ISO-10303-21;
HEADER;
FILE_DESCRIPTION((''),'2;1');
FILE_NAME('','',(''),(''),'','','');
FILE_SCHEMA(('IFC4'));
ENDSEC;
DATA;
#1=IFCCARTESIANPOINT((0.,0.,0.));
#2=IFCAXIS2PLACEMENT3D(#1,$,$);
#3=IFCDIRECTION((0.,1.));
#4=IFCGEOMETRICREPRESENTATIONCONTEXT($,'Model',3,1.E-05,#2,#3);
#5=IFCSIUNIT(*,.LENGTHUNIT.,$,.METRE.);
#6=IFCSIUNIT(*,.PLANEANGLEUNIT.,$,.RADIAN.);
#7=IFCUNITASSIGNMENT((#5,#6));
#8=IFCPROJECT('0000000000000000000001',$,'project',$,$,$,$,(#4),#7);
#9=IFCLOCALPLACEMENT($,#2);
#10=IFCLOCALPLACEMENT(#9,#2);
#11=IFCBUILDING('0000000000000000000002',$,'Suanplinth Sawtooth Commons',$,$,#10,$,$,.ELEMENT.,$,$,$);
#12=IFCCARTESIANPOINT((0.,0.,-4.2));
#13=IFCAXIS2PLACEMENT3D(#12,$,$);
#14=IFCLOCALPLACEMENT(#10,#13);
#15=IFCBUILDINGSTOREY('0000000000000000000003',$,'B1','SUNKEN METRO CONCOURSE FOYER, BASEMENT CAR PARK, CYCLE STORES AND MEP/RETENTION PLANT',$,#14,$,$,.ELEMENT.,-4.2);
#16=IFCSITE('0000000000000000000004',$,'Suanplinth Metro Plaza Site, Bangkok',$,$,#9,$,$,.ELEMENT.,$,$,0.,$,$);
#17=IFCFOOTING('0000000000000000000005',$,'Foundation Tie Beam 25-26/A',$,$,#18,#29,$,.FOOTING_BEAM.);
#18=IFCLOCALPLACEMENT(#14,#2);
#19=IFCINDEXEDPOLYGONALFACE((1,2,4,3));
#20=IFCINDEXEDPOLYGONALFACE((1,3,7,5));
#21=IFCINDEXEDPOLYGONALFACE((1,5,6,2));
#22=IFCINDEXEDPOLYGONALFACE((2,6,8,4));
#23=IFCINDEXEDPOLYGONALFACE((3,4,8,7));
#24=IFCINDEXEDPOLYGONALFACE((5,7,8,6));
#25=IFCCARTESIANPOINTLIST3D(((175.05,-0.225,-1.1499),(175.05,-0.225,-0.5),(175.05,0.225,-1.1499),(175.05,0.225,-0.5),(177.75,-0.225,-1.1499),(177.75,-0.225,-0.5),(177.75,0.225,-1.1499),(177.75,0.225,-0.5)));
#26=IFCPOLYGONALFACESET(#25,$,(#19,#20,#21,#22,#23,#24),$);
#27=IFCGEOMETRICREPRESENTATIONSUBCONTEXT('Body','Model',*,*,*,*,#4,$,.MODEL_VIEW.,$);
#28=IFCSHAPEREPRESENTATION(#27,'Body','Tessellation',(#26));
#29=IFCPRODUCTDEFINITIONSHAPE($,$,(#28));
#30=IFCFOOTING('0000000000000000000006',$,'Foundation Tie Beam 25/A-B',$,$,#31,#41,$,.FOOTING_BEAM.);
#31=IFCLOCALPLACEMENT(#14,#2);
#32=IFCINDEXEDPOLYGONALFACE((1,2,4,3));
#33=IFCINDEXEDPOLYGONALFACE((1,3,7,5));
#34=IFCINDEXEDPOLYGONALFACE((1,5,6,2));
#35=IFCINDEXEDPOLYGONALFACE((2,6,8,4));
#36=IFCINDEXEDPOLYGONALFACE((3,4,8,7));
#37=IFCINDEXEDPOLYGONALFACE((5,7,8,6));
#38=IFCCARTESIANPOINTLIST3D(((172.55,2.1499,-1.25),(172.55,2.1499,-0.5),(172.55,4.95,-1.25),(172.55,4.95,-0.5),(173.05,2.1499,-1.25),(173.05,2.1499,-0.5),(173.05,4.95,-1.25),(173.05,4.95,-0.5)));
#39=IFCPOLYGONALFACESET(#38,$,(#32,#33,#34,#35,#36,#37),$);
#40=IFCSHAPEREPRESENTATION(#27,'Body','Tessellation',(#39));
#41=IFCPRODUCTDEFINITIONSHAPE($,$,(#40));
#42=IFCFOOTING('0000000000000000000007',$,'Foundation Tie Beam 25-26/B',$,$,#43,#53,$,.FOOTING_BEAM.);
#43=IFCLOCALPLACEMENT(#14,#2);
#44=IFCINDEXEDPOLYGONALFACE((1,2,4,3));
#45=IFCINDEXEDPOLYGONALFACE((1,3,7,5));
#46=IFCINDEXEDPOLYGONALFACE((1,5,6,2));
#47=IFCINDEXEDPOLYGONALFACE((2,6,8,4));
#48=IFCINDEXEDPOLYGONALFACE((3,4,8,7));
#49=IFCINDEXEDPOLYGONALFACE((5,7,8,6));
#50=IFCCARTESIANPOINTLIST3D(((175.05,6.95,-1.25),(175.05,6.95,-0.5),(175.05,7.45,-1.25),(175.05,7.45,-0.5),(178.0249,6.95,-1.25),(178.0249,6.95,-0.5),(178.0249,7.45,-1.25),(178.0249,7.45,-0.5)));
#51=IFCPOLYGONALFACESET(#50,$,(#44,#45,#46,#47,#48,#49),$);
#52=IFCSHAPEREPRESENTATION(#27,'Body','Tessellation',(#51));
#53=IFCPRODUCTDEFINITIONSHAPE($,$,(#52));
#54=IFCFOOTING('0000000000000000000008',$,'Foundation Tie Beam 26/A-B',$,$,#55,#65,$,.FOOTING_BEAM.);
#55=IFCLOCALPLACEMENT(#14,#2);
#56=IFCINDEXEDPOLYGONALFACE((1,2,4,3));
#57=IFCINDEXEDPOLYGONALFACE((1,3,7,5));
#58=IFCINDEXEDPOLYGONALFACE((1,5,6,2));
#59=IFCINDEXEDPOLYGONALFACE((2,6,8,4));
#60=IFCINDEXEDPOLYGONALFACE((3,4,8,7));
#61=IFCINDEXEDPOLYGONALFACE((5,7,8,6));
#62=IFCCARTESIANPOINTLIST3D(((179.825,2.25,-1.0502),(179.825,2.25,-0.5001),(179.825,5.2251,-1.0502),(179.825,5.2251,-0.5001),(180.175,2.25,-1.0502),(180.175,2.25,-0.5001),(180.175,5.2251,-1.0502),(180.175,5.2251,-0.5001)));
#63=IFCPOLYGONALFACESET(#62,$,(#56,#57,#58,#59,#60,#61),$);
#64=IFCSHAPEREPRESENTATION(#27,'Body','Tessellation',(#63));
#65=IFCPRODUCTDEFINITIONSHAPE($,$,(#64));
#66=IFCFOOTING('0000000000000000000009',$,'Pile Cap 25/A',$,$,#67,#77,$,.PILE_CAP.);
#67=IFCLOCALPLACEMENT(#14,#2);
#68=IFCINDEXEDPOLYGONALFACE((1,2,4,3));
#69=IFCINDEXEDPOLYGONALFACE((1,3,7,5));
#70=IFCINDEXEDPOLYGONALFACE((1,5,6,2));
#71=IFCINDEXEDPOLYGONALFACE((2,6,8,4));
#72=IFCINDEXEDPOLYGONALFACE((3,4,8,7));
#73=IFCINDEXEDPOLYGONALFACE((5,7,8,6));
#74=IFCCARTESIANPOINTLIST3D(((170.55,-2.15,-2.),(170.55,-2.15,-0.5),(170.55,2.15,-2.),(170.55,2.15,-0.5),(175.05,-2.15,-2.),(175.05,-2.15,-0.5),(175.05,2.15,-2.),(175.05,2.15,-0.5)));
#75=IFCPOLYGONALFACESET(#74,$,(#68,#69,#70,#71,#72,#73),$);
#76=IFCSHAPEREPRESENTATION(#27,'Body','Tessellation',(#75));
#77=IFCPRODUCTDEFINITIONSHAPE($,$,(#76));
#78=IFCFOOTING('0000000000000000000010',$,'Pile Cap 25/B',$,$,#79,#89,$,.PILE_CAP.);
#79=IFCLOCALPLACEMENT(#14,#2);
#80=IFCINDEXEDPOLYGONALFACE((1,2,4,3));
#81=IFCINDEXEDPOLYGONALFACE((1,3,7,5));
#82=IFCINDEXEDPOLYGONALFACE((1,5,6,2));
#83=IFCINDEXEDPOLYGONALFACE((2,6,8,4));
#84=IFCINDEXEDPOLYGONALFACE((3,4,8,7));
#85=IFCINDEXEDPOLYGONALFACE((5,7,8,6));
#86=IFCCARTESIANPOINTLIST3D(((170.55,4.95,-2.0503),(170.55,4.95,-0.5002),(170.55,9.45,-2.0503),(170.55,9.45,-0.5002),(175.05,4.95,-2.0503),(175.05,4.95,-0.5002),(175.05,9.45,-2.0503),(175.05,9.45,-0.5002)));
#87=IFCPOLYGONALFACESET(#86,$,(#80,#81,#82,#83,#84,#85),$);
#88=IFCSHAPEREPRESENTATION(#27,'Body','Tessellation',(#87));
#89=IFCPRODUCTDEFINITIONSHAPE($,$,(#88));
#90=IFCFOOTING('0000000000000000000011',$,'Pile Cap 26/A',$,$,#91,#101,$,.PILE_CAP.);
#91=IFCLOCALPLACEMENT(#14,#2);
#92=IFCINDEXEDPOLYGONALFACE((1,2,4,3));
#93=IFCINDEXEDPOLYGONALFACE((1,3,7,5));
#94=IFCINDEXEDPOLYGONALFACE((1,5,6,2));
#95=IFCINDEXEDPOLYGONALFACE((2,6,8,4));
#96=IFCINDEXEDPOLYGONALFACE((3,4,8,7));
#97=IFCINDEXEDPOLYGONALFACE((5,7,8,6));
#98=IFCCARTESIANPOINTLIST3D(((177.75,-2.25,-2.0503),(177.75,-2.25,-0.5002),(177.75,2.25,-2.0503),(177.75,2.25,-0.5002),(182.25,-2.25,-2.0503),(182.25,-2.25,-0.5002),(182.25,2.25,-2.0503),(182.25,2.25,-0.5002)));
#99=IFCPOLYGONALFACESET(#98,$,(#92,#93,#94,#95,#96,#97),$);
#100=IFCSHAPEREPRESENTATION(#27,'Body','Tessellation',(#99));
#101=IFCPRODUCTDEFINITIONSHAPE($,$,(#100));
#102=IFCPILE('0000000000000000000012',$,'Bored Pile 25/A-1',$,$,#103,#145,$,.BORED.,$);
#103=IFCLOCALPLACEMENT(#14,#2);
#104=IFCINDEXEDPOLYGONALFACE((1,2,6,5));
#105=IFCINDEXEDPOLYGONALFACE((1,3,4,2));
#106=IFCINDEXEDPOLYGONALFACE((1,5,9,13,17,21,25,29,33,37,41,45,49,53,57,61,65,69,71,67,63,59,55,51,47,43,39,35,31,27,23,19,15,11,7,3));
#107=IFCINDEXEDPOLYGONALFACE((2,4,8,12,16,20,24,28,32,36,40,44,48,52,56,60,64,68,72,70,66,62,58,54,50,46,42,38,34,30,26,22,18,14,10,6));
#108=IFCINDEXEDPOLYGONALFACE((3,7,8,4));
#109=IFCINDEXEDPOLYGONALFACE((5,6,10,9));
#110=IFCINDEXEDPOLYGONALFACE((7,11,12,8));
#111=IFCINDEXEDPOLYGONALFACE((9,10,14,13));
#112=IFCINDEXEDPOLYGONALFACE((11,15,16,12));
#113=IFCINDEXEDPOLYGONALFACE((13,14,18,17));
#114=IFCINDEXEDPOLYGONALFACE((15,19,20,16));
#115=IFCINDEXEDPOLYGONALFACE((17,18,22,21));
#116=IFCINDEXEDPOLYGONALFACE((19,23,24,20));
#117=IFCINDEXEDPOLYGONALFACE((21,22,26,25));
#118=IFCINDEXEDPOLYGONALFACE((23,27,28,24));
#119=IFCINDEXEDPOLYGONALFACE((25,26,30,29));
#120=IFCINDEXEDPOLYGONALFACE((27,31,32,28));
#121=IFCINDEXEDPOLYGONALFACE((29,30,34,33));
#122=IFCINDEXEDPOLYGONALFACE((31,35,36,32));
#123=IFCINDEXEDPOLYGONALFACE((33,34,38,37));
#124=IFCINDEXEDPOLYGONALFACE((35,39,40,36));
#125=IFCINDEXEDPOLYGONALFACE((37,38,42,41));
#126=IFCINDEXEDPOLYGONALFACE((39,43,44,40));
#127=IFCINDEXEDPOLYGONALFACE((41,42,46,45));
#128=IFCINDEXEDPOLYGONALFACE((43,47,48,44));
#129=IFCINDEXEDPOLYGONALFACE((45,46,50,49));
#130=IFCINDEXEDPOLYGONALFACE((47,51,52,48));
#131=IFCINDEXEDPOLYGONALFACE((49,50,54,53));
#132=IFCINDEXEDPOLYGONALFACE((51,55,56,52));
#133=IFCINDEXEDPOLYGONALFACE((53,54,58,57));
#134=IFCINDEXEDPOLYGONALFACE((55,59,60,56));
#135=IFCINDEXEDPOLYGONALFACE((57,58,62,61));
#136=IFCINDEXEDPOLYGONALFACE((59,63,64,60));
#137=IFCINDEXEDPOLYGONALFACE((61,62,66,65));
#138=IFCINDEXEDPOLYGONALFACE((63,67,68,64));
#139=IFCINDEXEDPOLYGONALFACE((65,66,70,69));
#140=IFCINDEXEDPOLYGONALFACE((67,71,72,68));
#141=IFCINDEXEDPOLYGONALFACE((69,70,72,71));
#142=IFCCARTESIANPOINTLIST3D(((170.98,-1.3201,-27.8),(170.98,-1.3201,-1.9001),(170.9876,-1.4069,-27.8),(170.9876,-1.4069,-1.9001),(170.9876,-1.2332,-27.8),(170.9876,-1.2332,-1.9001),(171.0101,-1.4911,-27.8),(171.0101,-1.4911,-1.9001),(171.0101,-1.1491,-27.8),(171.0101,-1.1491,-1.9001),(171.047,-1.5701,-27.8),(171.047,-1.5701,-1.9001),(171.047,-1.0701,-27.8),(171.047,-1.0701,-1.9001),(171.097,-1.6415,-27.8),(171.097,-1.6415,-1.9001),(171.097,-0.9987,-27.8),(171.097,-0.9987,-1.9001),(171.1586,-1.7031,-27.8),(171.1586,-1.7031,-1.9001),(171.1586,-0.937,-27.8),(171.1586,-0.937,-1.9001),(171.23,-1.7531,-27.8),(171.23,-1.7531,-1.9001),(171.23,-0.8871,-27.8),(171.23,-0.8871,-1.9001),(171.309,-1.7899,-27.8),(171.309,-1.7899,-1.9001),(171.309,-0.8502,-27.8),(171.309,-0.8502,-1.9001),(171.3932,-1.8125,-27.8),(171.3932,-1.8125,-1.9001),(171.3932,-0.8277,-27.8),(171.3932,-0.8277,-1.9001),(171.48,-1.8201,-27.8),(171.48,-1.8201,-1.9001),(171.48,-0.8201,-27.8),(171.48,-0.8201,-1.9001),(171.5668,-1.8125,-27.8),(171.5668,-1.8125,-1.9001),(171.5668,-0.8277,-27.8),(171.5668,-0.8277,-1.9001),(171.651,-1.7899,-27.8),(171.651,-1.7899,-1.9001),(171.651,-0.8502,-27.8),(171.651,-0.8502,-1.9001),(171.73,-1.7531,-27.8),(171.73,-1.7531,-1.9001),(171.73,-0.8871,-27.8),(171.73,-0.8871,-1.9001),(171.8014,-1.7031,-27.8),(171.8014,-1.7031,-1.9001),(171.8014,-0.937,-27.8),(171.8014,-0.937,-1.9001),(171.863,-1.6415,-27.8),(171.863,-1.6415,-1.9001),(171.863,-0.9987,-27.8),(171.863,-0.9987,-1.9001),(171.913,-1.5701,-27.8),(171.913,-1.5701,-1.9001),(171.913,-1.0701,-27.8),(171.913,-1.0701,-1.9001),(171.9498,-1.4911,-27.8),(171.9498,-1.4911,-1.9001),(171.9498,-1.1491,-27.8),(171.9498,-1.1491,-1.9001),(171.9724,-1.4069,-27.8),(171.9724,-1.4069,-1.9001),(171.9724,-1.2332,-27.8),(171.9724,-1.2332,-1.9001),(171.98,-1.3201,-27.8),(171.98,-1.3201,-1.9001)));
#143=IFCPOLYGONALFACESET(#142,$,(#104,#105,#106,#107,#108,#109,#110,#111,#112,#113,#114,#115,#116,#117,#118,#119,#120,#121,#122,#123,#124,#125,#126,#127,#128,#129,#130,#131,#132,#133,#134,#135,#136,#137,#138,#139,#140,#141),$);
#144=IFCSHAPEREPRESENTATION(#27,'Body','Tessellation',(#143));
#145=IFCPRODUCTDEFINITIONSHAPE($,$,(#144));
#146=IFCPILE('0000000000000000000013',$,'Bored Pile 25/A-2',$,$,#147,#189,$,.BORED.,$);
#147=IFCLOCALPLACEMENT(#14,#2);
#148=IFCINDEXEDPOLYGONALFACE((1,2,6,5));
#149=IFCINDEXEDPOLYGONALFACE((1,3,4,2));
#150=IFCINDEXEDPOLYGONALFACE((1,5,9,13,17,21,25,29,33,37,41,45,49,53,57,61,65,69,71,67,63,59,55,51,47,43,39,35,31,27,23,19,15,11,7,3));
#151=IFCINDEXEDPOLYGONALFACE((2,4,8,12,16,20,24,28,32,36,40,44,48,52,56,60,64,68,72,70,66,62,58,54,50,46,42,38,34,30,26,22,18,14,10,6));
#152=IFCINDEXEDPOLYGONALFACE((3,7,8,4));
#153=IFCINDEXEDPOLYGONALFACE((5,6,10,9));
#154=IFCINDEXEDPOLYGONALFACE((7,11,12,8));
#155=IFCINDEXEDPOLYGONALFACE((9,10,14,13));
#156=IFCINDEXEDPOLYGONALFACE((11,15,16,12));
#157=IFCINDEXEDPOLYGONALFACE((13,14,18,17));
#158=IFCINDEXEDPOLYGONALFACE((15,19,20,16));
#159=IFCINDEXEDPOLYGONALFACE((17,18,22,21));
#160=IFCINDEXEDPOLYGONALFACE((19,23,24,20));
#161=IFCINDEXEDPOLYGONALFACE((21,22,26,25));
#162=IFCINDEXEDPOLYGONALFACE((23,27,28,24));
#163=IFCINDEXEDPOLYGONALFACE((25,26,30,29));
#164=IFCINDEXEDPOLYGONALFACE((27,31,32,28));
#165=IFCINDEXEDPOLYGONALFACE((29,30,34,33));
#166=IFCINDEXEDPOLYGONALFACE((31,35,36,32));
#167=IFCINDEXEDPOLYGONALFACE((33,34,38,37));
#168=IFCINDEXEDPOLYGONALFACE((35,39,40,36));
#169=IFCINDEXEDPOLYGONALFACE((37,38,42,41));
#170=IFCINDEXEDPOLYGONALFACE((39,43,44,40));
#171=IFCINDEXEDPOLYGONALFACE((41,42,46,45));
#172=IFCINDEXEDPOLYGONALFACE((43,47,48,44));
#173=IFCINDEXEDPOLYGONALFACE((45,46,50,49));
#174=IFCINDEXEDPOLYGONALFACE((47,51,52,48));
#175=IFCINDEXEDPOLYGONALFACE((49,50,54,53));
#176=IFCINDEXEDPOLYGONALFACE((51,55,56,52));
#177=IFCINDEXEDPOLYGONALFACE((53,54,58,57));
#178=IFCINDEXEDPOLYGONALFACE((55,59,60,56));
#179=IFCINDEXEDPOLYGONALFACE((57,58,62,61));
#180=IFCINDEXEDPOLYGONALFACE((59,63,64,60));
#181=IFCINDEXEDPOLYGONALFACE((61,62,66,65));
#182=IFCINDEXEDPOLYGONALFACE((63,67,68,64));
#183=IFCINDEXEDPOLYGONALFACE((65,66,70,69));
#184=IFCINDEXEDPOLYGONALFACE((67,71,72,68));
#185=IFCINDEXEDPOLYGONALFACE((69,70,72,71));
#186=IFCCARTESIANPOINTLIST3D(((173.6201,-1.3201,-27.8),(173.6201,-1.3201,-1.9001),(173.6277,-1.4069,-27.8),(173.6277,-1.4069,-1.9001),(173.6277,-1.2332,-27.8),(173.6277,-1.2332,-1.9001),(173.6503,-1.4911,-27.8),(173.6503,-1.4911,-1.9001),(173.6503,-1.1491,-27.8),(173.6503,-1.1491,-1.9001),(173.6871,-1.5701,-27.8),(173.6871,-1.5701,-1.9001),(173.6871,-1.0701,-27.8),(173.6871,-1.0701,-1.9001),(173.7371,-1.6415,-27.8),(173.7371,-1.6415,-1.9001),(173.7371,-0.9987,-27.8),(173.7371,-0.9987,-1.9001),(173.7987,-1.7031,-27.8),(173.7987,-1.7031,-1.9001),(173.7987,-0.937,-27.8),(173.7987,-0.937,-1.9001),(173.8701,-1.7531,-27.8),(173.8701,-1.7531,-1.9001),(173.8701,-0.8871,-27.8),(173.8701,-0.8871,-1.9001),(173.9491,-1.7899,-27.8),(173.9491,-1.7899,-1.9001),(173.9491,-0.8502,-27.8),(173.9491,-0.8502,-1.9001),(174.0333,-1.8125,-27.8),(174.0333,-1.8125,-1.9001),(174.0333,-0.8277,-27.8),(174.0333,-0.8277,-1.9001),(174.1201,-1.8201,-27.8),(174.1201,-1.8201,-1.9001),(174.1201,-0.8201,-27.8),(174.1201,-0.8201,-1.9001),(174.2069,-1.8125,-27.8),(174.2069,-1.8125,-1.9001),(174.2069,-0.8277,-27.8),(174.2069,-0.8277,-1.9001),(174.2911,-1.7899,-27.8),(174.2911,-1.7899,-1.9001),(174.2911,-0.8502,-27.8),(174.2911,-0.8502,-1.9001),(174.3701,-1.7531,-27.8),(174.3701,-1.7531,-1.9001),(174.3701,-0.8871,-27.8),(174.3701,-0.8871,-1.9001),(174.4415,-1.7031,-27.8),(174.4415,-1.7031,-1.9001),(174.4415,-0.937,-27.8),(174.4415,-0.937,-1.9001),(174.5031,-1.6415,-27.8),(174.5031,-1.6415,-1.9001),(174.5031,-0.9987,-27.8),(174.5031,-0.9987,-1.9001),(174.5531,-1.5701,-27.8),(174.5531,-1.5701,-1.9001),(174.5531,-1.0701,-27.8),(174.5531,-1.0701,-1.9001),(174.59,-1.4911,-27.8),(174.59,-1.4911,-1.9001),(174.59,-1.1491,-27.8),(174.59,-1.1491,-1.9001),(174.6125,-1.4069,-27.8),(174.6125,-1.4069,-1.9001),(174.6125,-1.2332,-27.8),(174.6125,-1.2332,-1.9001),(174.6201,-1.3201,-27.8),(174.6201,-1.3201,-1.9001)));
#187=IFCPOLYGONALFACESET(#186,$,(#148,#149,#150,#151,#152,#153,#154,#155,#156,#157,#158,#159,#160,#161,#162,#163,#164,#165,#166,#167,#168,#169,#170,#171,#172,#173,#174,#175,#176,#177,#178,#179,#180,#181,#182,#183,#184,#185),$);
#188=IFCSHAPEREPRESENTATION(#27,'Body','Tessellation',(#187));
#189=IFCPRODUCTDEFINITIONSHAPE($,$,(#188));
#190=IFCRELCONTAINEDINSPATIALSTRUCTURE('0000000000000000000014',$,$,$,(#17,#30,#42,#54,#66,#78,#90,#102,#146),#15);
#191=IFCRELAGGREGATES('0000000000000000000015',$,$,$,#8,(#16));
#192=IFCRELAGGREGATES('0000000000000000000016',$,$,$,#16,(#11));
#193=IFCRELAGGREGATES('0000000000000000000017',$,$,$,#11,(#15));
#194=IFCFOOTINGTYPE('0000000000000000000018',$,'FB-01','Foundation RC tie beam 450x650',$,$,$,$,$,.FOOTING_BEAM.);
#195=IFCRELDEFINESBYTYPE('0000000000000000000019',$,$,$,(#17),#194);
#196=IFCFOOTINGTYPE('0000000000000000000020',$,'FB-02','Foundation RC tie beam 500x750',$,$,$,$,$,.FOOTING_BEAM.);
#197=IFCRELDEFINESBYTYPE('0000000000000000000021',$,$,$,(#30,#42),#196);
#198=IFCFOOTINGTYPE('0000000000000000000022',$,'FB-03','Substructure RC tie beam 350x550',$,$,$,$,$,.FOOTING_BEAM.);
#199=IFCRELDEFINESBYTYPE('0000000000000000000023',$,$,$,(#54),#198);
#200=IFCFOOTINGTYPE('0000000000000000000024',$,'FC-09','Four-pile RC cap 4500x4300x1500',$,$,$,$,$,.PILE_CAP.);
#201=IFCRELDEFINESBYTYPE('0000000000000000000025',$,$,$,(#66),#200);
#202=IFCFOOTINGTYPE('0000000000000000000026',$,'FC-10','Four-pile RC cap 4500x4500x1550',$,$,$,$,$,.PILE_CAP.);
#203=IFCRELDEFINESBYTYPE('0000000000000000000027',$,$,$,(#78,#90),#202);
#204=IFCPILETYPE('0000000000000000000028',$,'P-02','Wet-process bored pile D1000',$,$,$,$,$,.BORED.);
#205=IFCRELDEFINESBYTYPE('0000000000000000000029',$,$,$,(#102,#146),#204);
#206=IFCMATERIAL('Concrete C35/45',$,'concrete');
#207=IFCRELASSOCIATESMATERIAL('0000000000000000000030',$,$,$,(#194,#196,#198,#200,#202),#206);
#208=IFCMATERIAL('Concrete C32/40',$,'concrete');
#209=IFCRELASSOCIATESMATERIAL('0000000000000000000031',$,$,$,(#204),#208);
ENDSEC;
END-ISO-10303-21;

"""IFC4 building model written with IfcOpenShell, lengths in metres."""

from ifc_helpers import new_model, si_unit, direction, frame, origin, origin_2d, place, context, subcontext, project, spatial, rectangle, circle, extrude, material, material_profile, profile_set, type_object, element, save


model = new_model("IFC4")

# Units and contexts
model_context = context("Model", 3, precision=1e-05, world=origin(), true_north=direction((0.0, 1.0)))
body_context = subcontext(model_context, "Body", "Model", "MODEL_VIEW")
ifc_project = project(units=[si_unit("LENGTHUNIT", "METRE"), si_unit("PLANEANGLEUNIT", "RADIAN")], contexts=[model_context])

# Site, building, storey
site_placement = place(None, origin())
site = spatial("IfcSite", under=ifc_project, at=site_placement, Name="Suanplinth Metro Plaza Site, Bangkok", CompositionType="ELEMENT", RefElevation=0.0)
building_placement = place(site_placement, origin())
building = spatial("IfcBuilding", under=site, at=building_placement, Name="Suanplinth Sawtooth Commons", CompositionType="ELEMENT")
storey_placement = place(building_placement, frame((0.0, 0.0, -4.2)))
storey = spatial("IfcBuildingStorey", under=building, at=storey_placement, Name="B1", Description="SUNKEN METRO CONCOURSE FOYER, BASEMENT CAR PARK, CYCLE STORES AND MEP/RETENTION PLANT", CompositionType="ELEMENT", Elevation=-4.2)

# Footings
ifc_material_1 = material(Name="Concrete C35/45", Category="concrete")
ifc_material_profile_1 = material_profile(ifc_material_1, rectangle(XDim=0.45, YDim=0.6499, at=origin_2d()), Name="PC-GDR 450x650")
ifc_profile_set_1 = profile_set([ifc_material_profile_1], Name="Concrete C35/45")
footing_type_1 = type_object("IfcFootingType", Name="FB-01", Description="Foundation RC tie beam 450x650", PredefinedType="FOOTING_BEAM", material=ifc_profile_set_1)
footing_1_placement = place(storey_placement, frame((175.05, 0.0, -0.825), z_axis=(1.0, 0.0, 0.0), x_axis=(0.0, 1.0, 0.0)))
element("IfcFooting", 1, at=footing_1_placement, inside=storey, type_object=footing_type_1, Name="Foundation Tie Beam 25-26/A", PredefinedType="FOOTING_BEAM", context=body_context, shape_type="SweptSolid", body=[
    extrude(rectangle(XDim=0.45, YDim=0.6499, at=origin_2d()), origin(), (0.0, 0.0, 1.0), 2.7),
])
ifc_material_profile_2 = material_profile(ifc_material_1, rectangle(XDim=0.5, YDim=0.75, at=origin_2d()), Name="RC-GDR 500x750")
ifc_profile_set_2 = profile_set([ifc_material_profile_2], Name="Concrete C35/45")
footing_type_2 = type_object("IfcFootingType", Name="FB-02", Description="Foundation RC tie beam 500x750", PredefinedType="FOOTING_BEAM", material=ifc_profile_set_2)
footing_2_placement = place(storey_placement, frame((172.8, 2.1499, -0.875), z_axis=(0.0, 1.0, 0.0), x_axis=(-1.0, 0.0, 0.0)))
element("IfcFooting", 2, at=footing_2_placement, inside=storey, type_object=footing_type_2, Name="Foundation Tie Beam 25/A-B", PredefinedType="FOOTING_BEAM", context=body_context, shape_type="SweptSolid", body=[
    extrude(rectangle(XDim=0.5, YDim=0.75, at=origin_2d()), origin(), (0.0, 0.0, 1.0), 2.8),
])
footing_3_placement = place(storey_placement, frame((175.05, 7.2, -0.875), z_axis=(1.0, 0.0, 0.0), x_axis=(0.0, 1.0, 0.0)))
element("IfcFooting", 3, at=footing_3_placement, inside=storey, type_object=footing_type_2, Name="Foundation Tie Beam 25-26/B", PredefinedType="FOOTING_BEAM", context=body_context, shape_type="SweptSolid", body=[
    extrude(rectangle(XDim=0.5, YDim=0.75, at=origin_2d()), origin(), (0.0, 0.0, 1.0), 2.9749),
])
ifc_material_profile_3 = material_profile(ifc_material_1, rectangle(XDim=0.3501, YDim=0.55, at=origin_2d()), Name="PC-BM 350x550")
ifc_profile_set_3 = profile_set([ifc_material_profile_3], Name="Concrete C35/45")
footing_type_3 = type_object("IfcFootingType", Name="FB-03", Description="Substructure RC tie beam 350x550", PredefinedType="FOOTING_BEAM", material=ifc_profile_set_3)
footing_4_placement = place(storey_placement, frame((180.0, 2.25, -0.7751), z_axis=(0.0, 1.0, 0.0), x_axis=(-1.0, 0.0, 0.0)))
element("IfcFooting", 4, at=footing_4_placement, inside=storey, type_object=footing_type_3, Name="Foundation Tie Beam 26/A-B", PredefinedType="FOOTING_BEAM", context=body_context, shape_type="SweptSolid", body=[
    extrude(rectangle(XDim=0.3501, YDim=0.55, at=origin_2d()), origin(), (0.0, 0.0, 1.0), 2.9751),
])
footing_type_4 = type_object("IfcFootingType", Name="FC-09", Description="Four-pile RC cap 4500x4300x1500", PredefinedType="PILE_CAP", material=ifc_material_1)
footing_5_placement = place(storey_placement, frame((172.8, 0.0, -2.0), z_axis=(0.0, 0.0, 1.0), x_axis=(1.0, 0.0, 0.0)))
element("IfcFooting", 5, at=footing_5_placement, inside=storey, type_object=footing_type_4, Name="Pile Cap 25/A", PredefinedType="PILE_CAP", context=body_context, shape_type="SweptSolid", body=[
    extrude(rectangle(XDim=4.5, YDim=4.3, at=origin_2d()), origin(), (0.0, 0.0, 1.0), 1.5),
])
footing_type_5 = type_object("IfcFootingType", Name="FC-10", Description="Four-pile RC cap 4500x4500x1550", PredefinedType="PILE_CAP", material=ifc_material_1)
for number, where, z_axis, x_axis, name in (
    (6, (172.8, 7.2, -2.0503), (0.0, 0.0, 1.0), (1.0, 0.0, 0.0), "Pile Cap 25/B"),
    (7, (180.0, 0.0, -2.0503), (0.0, 0.0, 1.0), (1.0, 0.0, 0.0), "Pile Cap 26/A"),
):
    element("IfcFooting", number, at=place(storey_placement, frame(where, z_axis=z_axis, x_axis=x_axis)), inside=storey, type_object=footing_type_5, Name=name, PredefinedType="PILE_CAP", context=body_context, shape_type="SweptSolid", body=[
        extrude(rectangle(XDim=4.5, YDim=4.5, at=origin_2d()), origin(), (0.0, 0.0, 1.0), 1.55),
    ])

# Piles
ifc_material_2 = material(Name="Concrete C32/40", Category="concrete")
ifc_material_profile_4 = material_profile(ifc_material_2, circle(Radius=0.5, at=origin_2d()), Name="PILE D1000")
ifc_profile_set_4 = profile_set([ifc_material_profile_4], Name="Concrete C32/40")
pile_type = type_object("IfcPileType", Name="P-02", Description="Wet-process bored pile D1000", PredefinedType="BORED", material=ifc_profile_set_4)
for number, where, z_axis, x_axis, name in (
    (8, (171.48, -1.3201, -1.9001), (0.0, 0.0, -1.0), (1.0, 0.0, 0.0), "Bored Pile 25/A-1"),
    (9, (174.1201, -1.3201, -1.9001), (0.0, 0.0, -1.0), (1.0, 0.0, 0.0), "Bored Pile 25/A-2"),
):
    element("IfcPile", number, at=place(storey_placement, frame(where, z_axis=z_axis, x_axis=x_axis)), inside=storey, type_object=pile_type, Name=name, PredefinedType="BORED", context=body_context, shape_type="SweptSolid", body=[
        extrude(circle(Radius=0.5, at=origin_2d()), origin(), (0.0, 0.0, 1.0), 25.8999),
    ])

save(model, "model.ifc")
